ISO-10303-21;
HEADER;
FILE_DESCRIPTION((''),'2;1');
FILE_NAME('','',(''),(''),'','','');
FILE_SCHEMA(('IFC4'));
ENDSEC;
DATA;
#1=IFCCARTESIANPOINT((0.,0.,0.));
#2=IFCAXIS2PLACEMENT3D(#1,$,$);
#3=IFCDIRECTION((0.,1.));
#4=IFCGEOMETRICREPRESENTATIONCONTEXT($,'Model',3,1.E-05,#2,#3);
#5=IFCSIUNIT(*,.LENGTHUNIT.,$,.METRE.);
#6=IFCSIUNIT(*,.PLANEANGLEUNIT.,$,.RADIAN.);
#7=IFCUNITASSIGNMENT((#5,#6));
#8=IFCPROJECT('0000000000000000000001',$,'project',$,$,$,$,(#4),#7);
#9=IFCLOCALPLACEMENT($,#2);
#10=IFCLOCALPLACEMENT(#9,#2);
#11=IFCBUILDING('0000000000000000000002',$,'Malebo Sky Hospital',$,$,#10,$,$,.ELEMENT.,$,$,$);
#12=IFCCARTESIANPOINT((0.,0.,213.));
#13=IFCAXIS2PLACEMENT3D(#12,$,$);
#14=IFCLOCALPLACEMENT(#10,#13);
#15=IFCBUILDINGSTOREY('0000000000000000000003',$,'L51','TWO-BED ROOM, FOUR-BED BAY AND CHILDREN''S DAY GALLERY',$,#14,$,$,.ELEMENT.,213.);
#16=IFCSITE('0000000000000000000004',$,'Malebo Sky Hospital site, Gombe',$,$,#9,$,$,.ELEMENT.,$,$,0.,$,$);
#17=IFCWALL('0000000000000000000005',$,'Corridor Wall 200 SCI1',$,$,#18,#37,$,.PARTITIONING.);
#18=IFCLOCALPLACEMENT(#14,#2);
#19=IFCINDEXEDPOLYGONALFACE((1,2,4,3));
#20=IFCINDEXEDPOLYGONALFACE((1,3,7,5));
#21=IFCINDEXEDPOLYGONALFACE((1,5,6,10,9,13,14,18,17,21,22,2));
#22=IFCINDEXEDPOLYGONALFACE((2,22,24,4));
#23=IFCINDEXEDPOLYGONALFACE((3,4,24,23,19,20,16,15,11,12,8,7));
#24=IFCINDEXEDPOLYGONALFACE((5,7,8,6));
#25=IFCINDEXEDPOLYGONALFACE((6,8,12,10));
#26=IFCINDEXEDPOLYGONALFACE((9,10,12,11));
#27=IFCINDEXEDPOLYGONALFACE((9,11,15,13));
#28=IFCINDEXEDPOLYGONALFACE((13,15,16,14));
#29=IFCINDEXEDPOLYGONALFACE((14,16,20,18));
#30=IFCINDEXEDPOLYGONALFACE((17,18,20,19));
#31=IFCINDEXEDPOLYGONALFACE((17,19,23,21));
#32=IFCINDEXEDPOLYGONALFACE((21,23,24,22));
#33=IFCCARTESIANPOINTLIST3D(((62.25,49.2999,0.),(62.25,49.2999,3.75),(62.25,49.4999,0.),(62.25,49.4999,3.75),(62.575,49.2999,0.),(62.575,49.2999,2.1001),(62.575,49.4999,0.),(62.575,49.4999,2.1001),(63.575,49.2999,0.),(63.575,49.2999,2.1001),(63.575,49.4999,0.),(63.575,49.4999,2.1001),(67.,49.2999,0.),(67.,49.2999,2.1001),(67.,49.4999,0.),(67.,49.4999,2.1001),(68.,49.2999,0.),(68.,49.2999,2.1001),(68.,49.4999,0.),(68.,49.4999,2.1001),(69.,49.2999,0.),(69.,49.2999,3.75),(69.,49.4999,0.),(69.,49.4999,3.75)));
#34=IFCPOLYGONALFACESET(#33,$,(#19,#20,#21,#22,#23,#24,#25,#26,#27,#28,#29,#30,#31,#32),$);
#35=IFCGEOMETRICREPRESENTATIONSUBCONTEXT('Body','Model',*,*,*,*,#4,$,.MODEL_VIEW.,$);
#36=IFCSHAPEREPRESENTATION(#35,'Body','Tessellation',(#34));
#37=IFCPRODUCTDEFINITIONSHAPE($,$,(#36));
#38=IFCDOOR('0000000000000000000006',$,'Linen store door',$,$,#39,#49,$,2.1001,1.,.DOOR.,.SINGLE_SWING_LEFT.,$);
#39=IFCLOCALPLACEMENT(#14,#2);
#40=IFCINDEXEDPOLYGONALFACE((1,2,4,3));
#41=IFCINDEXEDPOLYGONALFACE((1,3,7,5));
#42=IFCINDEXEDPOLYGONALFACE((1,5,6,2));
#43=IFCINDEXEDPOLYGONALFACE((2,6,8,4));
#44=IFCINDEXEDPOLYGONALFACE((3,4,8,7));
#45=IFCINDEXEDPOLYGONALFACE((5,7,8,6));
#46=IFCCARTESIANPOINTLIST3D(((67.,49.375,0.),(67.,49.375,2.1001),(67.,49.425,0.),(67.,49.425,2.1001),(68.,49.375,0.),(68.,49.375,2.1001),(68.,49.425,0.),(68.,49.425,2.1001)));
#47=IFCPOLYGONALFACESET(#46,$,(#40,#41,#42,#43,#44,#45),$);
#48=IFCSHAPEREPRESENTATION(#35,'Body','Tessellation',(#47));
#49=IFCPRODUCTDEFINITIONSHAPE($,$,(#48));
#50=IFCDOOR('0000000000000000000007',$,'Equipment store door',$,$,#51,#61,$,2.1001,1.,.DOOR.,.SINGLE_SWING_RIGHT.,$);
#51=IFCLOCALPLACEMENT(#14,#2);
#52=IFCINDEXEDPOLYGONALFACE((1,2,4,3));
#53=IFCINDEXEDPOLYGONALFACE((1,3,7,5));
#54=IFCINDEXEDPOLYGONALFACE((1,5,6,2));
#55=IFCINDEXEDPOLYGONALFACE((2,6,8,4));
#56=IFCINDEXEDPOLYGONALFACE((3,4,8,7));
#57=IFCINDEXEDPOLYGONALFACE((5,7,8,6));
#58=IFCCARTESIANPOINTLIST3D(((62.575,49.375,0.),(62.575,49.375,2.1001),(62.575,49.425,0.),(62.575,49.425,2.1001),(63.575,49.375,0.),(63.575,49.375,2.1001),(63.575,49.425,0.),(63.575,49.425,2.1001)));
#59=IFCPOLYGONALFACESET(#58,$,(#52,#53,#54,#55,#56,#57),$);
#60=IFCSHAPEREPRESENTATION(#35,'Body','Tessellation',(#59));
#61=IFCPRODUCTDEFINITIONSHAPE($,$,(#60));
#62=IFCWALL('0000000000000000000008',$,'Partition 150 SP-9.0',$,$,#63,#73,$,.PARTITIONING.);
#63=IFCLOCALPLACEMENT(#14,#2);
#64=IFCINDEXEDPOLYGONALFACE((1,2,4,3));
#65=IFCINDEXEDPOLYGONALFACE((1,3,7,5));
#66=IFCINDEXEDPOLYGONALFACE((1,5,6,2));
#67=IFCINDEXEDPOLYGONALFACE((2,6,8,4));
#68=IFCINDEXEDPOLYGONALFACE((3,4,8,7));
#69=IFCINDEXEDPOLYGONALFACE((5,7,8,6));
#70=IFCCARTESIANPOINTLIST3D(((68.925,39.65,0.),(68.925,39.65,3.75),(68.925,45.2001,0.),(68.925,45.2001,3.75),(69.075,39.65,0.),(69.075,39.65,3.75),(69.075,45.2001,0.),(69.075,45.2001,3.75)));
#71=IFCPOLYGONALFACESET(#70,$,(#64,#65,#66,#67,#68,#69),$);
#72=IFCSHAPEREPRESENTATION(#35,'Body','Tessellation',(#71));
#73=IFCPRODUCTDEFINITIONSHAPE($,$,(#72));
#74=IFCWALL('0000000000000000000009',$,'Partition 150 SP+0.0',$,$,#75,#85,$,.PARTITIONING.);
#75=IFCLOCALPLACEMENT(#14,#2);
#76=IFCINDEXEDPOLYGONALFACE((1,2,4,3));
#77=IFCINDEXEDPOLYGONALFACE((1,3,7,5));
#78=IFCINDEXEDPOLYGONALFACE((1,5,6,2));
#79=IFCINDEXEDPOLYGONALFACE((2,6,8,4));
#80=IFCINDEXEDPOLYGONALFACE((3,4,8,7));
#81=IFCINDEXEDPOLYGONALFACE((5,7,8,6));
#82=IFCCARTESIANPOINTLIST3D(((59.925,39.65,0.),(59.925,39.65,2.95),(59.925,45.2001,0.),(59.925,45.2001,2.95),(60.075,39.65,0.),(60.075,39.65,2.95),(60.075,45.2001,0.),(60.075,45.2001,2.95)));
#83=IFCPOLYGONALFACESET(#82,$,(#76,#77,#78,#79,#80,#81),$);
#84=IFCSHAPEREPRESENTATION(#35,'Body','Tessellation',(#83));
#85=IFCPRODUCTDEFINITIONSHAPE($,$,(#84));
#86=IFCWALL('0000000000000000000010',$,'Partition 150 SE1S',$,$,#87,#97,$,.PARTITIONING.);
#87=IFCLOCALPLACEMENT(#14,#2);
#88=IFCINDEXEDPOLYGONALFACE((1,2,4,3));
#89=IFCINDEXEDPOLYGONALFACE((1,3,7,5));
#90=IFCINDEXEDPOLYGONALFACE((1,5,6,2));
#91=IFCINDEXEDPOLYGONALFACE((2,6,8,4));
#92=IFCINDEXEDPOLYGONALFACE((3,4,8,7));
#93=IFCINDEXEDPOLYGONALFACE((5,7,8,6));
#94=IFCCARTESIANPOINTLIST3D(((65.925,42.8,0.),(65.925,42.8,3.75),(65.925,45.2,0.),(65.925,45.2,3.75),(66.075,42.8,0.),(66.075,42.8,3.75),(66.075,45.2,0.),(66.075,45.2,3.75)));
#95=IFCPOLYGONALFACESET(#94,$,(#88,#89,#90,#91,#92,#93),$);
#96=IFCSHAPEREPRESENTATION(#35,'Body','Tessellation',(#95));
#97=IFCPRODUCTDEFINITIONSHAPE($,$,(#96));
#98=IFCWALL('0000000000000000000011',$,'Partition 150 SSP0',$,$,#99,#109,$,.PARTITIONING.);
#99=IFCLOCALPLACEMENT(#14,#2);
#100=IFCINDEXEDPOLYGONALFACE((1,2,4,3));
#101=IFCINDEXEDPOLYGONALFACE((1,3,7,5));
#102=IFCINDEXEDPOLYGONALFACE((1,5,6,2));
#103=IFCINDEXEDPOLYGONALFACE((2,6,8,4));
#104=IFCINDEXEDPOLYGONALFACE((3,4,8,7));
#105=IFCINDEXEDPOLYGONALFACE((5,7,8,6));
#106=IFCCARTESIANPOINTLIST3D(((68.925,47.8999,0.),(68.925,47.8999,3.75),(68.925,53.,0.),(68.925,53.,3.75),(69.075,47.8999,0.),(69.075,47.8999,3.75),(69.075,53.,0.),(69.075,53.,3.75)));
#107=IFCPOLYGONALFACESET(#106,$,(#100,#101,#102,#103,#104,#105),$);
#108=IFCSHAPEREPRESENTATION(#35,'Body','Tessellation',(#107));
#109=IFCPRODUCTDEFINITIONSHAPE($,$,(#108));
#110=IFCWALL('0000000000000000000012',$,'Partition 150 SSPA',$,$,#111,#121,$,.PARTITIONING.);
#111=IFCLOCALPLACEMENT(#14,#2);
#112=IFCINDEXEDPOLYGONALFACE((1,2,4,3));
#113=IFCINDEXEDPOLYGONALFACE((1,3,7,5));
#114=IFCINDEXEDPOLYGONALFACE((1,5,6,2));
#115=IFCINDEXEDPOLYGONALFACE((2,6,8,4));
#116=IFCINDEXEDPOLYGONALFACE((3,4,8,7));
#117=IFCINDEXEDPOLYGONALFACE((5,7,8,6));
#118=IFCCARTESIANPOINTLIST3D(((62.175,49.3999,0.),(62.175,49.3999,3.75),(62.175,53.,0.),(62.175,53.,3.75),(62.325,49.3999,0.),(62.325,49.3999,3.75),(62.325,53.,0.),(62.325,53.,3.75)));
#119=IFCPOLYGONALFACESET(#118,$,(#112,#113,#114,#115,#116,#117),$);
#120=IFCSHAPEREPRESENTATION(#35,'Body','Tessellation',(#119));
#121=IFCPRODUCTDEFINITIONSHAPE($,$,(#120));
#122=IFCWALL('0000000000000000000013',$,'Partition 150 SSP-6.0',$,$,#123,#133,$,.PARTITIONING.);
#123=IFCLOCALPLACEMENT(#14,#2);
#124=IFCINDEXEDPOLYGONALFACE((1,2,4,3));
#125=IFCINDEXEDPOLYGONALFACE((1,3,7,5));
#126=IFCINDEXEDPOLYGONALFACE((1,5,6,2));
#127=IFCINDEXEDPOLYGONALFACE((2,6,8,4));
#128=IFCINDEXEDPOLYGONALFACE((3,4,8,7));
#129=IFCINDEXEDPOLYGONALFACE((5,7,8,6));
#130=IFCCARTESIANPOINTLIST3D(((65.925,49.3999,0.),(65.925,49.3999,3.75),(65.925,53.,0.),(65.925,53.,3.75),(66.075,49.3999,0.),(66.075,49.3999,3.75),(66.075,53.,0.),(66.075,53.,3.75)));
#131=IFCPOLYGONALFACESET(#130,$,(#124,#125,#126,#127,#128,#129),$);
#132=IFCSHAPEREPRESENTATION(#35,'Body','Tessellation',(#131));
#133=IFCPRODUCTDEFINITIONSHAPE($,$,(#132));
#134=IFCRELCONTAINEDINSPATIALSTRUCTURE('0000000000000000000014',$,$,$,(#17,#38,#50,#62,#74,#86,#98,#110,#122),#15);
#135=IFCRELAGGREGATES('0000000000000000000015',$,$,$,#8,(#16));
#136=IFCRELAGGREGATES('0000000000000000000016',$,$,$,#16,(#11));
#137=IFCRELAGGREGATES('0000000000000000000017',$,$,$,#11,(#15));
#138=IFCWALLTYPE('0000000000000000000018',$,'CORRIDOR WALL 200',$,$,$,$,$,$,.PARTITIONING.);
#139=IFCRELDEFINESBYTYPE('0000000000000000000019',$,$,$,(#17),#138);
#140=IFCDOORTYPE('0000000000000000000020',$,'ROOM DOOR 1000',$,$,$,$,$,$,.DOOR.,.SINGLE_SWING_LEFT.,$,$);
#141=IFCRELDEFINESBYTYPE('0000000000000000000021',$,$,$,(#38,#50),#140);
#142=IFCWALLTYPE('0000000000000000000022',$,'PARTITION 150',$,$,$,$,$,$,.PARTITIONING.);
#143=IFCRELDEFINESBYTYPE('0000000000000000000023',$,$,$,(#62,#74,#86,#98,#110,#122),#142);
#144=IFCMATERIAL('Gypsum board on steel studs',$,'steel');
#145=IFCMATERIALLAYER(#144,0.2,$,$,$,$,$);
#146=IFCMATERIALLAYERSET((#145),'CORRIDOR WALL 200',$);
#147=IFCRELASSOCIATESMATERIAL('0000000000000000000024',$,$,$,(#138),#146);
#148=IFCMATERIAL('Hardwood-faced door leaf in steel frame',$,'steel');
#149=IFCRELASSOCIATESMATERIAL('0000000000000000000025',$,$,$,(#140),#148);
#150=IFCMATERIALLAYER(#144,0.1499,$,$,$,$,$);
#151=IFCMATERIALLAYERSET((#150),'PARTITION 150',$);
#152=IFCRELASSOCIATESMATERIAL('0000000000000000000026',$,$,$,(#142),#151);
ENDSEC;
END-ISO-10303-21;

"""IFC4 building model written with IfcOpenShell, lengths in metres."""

from ifc_helpers import new_model, si_unit, direction, frame, frame_2d, origin, place, context, subcontext, project, spatial, rectangle, extrude, material, layer, layer_set, type_object, element, fill, save


model = new_model("IFC4")

# Units and contexts
model_context = context("Model", 3, precision=1e-05, world=origin(), true_north=direction((0.0, 1.0)))
body_context = subcontext(model_context, "Body", "Model", "MODEL_VIEW")
ifc_project = project(units=[si_unit("LENGTHUNIT", "METRE"), si_unit("PLANEANGLEUNIT", "RADIAN")], contexts=[model_context])

# Site, building, storey
site_placement = place(None, origin())
site = spatial("IfcSite", under=ifc_project, at=site_placement, Name="Malebo Sky Hospital site, Gombe", CompositionType="ELEMENT", RefElevation=0.0)
building_placement = place(site_placement, origin())
building = spatial("IfcBuilding", under=site, at=building_placement, Name="Malebo Sky Hospital", CompositionType="ELEMENT")
storey_placement = place(building_placement, frame((0.0, 0.0, 213.0)))
storey = spatial("IfcBuildingStorey", under=building, at=storey_placement, Name="L51", Description="TWO-BED ROOM, FOUR-BED BAY AND CHILDREN'S DAY GALLERY", CompositionType="ELEMENT", Elevation=213.0)

# Wall, openings, doors
ifc_material_1 = material(Name="Gypsum board on steel studs", Category="steel")
ifc_layer_1 = layer(ifc_material_1, 0.2)
ifc_layer_set_1 = layer_set([ifc_layer_1], Name="CORRIDOR WALL 200")
wall_type_1 = type_object("IfcWallType", Name="CORRIDOR WALL 200", PredefinedType="PARTITIONING", material=ifc_layer_set_1)
wall_1_placement = place(storey_placement, frame((69.0, 49.3999, 0.0), z_axis=(0.0, 0.0, 1.0), x_axis=(-1.0, 0.0, 0.0)))
wall_1 = element("IfcWall", 1, at=wall_1_placement, inside=storey, type_object=wall_type_1, Name="Corridor Wall 200 SCI1", PredefinedType="PARTITIONING", context=body_context, shape_type="SweptSolid", body=[
    extrude(rectangle(XDim=6.75, YDim=0.2, at=frame_2d((3.375, 0.0))), origin(), (0.0, 0.0, 1.0), 3.75),
])
opening_1_placement = place(wall_1_placement, frame((1.0, 0.0, 0.0)))
opening_1 = element("IfcOpeningElement", 2, at=opening_1_placement, cuts=wall_1, PredefinedType="OPENING", context=body_context, shape_type="SweptSolid", body=[
    extrude(rectangle(XDim=1.0, YDim=2.1001, at=frame_2d((0.5, 1.05))), frame((0.0, 0.1099, 0.0), z_axis=(0.0, -1.0, 0.0), x_axis=(1.0, 0.0, 0.0)), (0.0, 0.0, 1.0), 0.22),
])
opening_2_placement = place(wall_1_placement, frame((5.425, 0.0, 0.0)))
opening_2 = element("IfcOpeningElement", 3, at=opening_2_placement, cuts=wall_1, PredefinedType="OPENING", context=body_context, shape_type="SweptSolid", body=[
    extrude(rectangle(XDim=1.0, YDim=2.1001, at=frame_2d((0.5, 1.05))), frame((0.0, 0.1099, 0.0), z_axis=(0.0, -1.0, 0.0), x_axis=(1.0, 0.0, 0.0)), (0.0, 0.0, 1.0), 0.22),
])
ifc_material_2 = material(Name="Hardwood-faced door leaf in steel frame", Category="steel")
door_type = type_object("IfcDoorType", Name="ROOM DOOR 1000", OperationType="SINGLE_SWING_LEFT", PredefinedType="DOOR", material=ifc_material_2)
door_1_placement = place(opening_1_placement, origin())
door_1 = element("IfcDoor", 4, at=door_1_placement, inside=storey, type_object=door_type, Name="Linen store door", OperationType="SINGLE_SWING_LEFT", OverallHeight=2.1001, OverallWidth=1.0, PredefinedType="DOOR", context=body_context, shape_type="SweptSolid", body=[
    extrude(rectangle(XDim=1.0, YDim=2.1001, at=frame_2d((0.5, 1.05))), frame((0.0, 0.0249, 0.0), z_axis=(0.0, -1.0, 0.0), x_axis=(1.0, 0.0, 0.0)), (0.0, 0.0, 1.0), 0.05),
])
fill(opening_1, door_1)
door_2_placement = place(opening_2_placement, origin())
door_2 = element("IfcDoor", 5, at=door_2_placement, inside=storey, type_object=door_type, Name="Equipment store door", OperationType="SINGLE_SWING_RIGHT", OverallHeight=2.1001, OverallWidth=1.0, PredefinedType="DOOR", context=body_context, shape_type="SweptSolid", body=[
    extrude(rectangle(XDim=1.0, YDim=2.1001, at=frame_2d((0.5, 1.05))), frame((0.0, 0.0249, 0.0), z_axis=(0.0, -1.0, 0.0), x_axis=(1.0, 0.0, 0.0)), (0.0, 0.0, 1.0), 0.05),
])
fill(opening_2, door_2)

# Walls
ifc_layer_2 = layer(ifc_material_1, 0.1499)
ifc_layer_set_2 = layer_set([ifc_layer_2], Name="PARTITION 150")
wall_type_2 = type_object("IfcWallType", Name="PARTITION 150", PredefinedType="PARTITIONING", material=ifc_layer_set_2)
wall_2_placement = place(storey_placement, frame((69.0, 45.2, 0.0), z_axis=(0.0, 0.0, 1.0), x_axis=(0.0, -1.0, 0.0)))
element("IfcWall", 6, at=wall_2_placement, inside=storey, type_object=wall_type_2, Name="Partition 150 SP-9.0", PredefinedType="PARTITIONING", context=body_context, shape_type="SweptSolid", body=[
    extrude(rectangle(XDim=5.55, YDim=0.1499, at=frame_2d((2.7749, 0.0))), origin(), (0.0, 0.0, 1.0), 3.75),
])
wall_3_placement = place(storey_placement, frame((60.0, 45.2, 0.0), z_axis=(0.0, 0.0, 1.0), x_axis=(0.0, -1.0, 0.0)))
element("IfcWall", 7, at=wall_3_placement, inside=storey, type_object=wall_type_2, Name="Partition 150 SP+0.0", PredefinedType="PARTITIONING", context=body_context, shape_type="SweptSolid", body=[
    extrude(rectangle(XDim=5.55, YDim=0.1499, at=frame_2d((2.7749, 0.0))), origin(), (0.0, 0.0, 1.0), 2.95),
])
wall_4_placement = place(storey_placement, frame((66.0, 45.2, 0.0), z_axis=(0.0, 0.0, 1.0), x_axis=(0.0, -1.0, 0.0)))
element("IfcWall", 8, at=wall_4_placement, inside=storey, type_object=wall_type_2, Name="Partition 150 SE1S", PredefinedType="PARTITIONING", context=body_context, shape_type="SweptSolid", body=[
    extrude(rectangle(XDim=2.3999, YDim=0.1499, at=frame_2d((1.2, 0.0))), origin(), (0.0, 0.0, 1.0), 3.75),
])
wall_5_placement = place(storey_placement, frame((69.0, 53.0, 0.0), z_axis=(0.0, 0.0, 1.0), x_axis=(0.0, -1.0, 0.0)))
element("IfcWall", 9, at=wall_5_placement, inside=storey, type_object=wall_type_2, Name="Partition 150 SSP0", PredefinedType="PARTITIONING", context=body_context, shape_type="SweptSolid", body=[
    extrude(rectangle(XDim=5.1001, YDim=0.1499, at=frame_2d((2.55, 0.0))), origin(), (0.0, 0.0, 1.0), 3.75),
])
for number, where, z_axis, x_axis, name in (
    (10, (62.25, 53.0, 0.0), (0.0, 0.0, 1.0), (0.0, -1.0, 0.0), "Partition 150 SSPA"),
    (11, (66.0, 53.0, 0.0), (0.0, 0.0, 1.0), (0.0, -1.0, 0.0), "Partition 150 SSP-6.0"),
):
    element("IfcWall", number, at=place(storey_placement, frame(where, z_axis=z_axis, x_axis=x_axis)), inside=storey, type_object=wall_type_2, Name=name, PredefinedType="PARTITIONING", context=body_context, shape_type="SweptSolid", body=[
        extrude(rectangle(XDim=3.6001, YDim=0.1499, at=frame_2d((1.8, 0.0))), origin(), (0.0, 0.0, 1.0), 3.75),
    ])

save(model, "model.ifc")
